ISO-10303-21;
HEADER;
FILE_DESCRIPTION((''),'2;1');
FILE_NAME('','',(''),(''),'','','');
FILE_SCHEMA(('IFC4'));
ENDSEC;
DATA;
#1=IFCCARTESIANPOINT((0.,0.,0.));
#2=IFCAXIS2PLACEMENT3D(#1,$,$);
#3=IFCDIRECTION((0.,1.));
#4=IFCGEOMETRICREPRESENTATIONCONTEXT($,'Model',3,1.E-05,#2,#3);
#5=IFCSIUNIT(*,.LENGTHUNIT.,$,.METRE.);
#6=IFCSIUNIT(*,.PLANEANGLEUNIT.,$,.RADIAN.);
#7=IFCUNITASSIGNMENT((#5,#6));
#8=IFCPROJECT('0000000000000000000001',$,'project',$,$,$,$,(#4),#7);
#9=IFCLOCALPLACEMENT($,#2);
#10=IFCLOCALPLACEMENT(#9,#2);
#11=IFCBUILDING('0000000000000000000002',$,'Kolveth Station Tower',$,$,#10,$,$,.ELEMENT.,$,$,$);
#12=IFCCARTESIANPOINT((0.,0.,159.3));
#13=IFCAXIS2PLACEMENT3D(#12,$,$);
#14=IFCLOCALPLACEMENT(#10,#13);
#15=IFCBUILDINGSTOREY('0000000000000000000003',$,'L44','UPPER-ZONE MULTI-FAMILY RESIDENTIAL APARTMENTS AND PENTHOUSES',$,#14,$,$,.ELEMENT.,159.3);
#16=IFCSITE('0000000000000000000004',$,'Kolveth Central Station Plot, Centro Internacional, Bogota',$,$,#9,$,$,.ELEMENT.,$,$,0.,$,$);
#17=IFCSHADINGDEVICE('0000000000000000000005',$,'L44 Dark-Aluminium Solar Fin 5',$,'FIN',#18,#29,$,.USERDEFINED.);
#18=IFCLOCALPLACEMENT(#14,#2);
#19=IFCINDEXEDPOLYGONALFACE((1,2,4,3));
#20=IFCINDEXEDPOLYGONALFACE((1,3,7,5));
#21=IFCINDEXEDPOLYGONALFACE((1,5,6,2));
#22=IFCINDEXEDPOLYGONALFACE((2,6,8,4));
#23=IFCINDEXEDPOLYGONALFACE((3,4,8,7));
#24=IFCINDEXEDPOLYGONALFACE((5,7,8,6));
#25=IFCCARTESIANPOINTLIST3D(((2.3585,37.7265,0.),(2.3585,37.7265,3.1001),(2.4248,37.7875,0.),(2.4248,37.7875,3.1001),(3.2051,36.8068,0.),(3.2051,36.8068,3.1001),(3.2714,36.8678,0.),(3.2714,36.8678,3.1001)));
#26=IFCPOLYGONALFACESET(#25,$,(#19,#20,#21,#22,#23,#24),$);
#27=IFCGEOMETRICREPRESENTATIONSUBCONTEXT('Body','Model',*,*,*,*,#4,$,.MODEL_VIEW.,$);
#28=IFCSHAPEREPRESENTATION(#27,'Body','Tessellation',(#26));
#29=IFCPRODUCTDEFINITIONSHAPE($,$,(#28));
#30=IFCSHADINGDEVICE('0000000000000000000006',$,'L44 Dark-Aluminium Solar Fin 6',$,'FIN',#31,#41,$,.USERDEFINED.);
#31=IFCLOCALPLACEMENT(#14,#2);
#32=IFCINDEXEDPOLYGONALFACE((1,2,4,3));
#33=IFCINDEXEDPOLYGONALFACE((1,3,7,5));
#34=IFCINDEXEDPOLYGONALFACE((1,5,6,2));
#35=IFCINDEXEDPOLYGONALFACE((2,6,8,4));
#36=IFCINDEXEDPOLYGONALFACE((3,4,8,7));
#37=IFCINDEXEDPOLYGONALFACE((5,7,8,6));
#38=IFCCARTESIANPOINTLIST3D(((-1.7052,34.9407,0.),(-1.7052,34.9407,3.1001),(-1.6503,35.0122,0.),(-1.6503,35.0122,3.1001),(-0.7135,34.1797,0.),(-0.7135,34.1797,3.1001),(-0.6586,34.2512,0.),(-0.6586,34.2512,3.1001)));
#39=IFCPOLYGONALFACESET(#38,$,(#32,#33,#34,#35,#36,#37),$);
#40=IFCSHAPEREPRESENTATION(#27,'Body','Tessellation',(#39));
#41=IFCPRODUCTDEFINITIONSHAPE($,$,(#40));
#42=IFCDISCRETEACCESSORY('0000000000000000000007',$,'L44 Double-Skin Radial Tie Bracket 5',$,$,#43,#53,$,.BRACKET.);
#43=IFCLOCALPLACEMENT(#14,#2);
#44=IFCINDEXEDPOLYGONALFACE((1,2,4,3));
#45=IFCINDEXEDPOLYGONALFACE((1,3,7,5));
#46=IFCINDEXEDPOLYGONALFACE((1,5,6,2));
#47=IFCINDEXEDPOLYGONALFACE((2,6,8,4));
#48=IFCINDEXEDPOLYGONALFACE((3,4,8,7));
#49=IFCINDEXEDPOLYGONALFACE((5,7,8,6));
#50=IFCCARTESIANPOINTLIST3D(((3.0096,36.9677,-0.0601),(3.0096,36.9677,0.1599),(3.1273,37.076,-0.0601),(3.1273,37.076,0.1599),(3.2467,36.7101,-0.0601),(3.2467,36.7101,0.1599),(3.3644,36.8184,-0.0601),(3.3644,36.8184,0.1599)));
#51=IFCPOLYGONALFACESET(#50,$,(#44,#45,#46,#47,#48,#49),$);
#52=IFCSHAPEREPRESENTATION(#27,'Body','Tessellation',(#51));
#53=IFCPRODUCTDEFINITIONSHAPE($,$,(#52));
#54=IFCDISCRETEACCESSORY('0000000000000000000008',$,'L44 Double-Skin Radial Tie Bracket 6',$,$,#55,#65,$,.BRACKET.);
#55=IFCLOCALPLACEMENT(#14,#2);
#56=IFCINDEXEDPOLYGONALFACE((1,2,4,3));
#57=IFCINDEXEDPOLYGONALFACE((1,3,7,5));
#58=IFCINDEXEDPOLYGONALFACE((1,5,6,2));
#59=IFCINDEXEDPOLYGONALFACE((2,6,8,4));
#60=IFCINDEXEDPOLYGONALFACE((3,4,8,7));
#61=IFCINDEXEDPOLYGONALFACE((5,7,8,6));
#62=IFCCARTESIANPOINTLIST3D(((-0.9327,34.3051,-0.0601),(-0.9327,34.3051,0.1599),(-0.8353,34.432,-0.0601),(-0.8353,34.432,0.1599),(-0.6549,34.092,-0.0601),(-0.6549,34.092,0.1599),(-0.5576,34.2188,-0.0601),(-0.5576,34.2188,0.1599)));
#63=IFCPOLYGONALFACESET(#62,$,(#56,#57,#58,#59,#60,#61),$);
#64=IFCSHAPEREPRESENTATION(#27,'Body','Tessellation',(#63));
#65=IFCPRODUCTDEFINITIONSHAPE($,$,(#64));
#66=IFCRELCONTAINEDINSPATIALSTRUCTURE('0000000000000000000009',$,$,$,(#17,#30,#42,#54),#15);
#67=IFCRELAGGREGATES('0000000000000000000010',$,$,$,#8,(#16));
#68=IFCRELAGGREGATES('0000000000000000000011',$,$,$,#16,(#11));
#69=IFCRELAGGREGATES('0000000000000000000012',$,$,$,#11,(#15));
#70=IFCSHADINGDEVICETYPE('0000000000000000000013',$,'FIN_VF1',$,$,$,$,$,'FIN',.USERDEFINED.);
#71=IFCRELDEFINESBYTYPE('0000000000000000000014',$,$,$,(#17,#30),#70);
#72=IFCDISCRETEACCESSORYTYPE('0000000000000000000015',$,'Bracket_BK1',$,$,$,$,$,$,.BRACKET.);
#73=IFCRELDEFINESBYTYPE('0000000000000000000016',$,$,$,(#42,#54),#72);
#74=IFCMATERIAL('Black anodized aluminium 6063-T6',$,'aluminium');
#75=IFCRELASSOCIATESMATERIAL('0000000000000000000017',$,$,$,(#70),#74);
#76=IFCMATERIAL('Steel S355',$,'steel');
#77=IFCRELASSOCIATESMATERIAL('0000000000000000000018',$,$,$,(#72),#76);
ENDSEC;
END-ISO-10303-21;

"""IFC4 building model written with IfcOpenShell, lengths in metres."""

from ifc_helpers import new_model, si_unit, direction, frame, origin, origin_2d, place, context, subcontext, project, spatial, rectangle, extrude, source, transform, mapped, material, type_object, element, save


model = new_model("IFC4")

# Units and contexts
model_context = context("Model", 3, precision=1e-05, world=origin(), true_north=direction((0.0, 1.0)))
body_context = subcontext(model_context, "Body", "Model", "MODEL_VIEW")
ifc_project = project(units=[si_unit("LENGTHUNIT", "METRE"), si_unit("PLANEANGLEUNIT", "RADIAN")], contexts=[model_context])

# Site, building, storey
site_placement = place(None, origin())
site = spatial("IfcSite", under=ifc_project, at=site_placement, Name="Kolveth Central Station Plot, Centro Internacional, Bogota", CompositionType="ELEMENT", RefElevation=0.0)
building_placement = place(site_placement, origin())
building = spatial("IfcBuilding", under=site, at=building_placement, Name="Kolveth Station Tower", CompositionType="ELEMENT")
storey_placement = place(building_placement, frame((0.0, 0.0, 159.3)))
storey = spatial("IfcBuildingStorey", under=building, at=storey_placement, Name="L44", Description="UPPER-ZONE MULTI-FAMILY RESIDENTIAL APARTMENTS AND PENTHOUSES", CompositionType="ELEMENT", Elevation=159.3)

# Shared definitions
ifc_material_1 = material(Name="Black anodized aluminium 6063-T6", Category="aluminium")

# Shading devices
shading_device_type = type_object("IfcShadingDeviceType", Name="FIN_VF1", ElementType="FIN", PredefinedType="USERDEFINED", material=ifc_material_1)
shared_shape_1 = source(origin(), body_context, "Body", "SweptSolid", [
    extrude(rectangle(XDim=1.25, YDim=0.0901, at=origin_2d()), origin(), (0.0, 0.0, 1.0), 3.1001),
])
for number, where, z_axis, x_axis, name in (
    (1, (2.8149, 37.2971, 0.0), (0.0, 0.0, 1.0), (-0.677261, 0.735743, 0.0), "L44 Dark-Aluminium Solar Fin 5"),
    (2, (-1.1819, 34.5959, 0.0), (0.0, 0.0, 1.0), (-0.793353, 0.608761, 0.0), "L44 Dark-Aluminium Solar Fin 6"),
):
    element("IfcShadingDevice", number, at=place(storey_placement, frame(where, z_axis=z_axis, x_axis=x_axis)), inside=storey, type_object=shading_device_type, Name=name, ObjectType="FIN", PredefinedType="USERDEFINED", context=body_context, shape_type="MappedRepresentation", body=[
        mapped(shared_shape_1, transform((0.0, 0.0, 0.0), x_axis=(1.0, 0.0, 0.0), y_axis=(0.0, 1.0, 0.0), z_axis=(0.0, 0.0, 1.0), scale=1.0)),
    ])

# Discrete accessories
ifc_material_2 = material(Name="Steel S355", Category="steel")
discrete_accessory_type = type_object("IfcDiscreteAccessoryType", Name="Bracket_BK1", PredefinedType="BRACKET", material=ifc_material_2)
shared_shape_2 = source(origin(), body_context, "Body", "SweptSolid", [
    extrude(rectangle(XDim=0.3501, YDim=0.1599, at=origin_2d()), origin(), (0.0, 0.0, 1.0), 0.22),
])
for number, where, z_axis, x_axis, name in (
    (3, (3.187, 36.8931, -0.0601), (0.0, 0.0, 1.0), (-0.677261, 0.735743, 0.0), "L44 Double-Skin Radial Tie Bracket 5"),
    (4, (-0.7451, 34.262, -0.0601), (0.0, 0.0, 1.0), (-0.793353, 0.608761, 0.0), "L44 Double-Skin Radial Tie Bracket 6"),
):
    element("IfcDiscreteAccessory", number, at=place(storey_placement, frame(where, z_axis=z_axis, x_axis=x_axis)), inside=storey, type_object=discrete_accessory_type, Name=name, PredefinedType="BRACKET", context=body_context, shape_type="MappedRepresentation", body=[
        mapped(shared_shape_2, transform((0.0, 0.0, 0.0), x_axis=(1.0, 0.0, 0.0), y_axis=(0.0, 1.0, 0.0), z_axis=(0.0, 0.0, 1.0), scale=1.0)),
    ])

save(model, "model.ifc")
